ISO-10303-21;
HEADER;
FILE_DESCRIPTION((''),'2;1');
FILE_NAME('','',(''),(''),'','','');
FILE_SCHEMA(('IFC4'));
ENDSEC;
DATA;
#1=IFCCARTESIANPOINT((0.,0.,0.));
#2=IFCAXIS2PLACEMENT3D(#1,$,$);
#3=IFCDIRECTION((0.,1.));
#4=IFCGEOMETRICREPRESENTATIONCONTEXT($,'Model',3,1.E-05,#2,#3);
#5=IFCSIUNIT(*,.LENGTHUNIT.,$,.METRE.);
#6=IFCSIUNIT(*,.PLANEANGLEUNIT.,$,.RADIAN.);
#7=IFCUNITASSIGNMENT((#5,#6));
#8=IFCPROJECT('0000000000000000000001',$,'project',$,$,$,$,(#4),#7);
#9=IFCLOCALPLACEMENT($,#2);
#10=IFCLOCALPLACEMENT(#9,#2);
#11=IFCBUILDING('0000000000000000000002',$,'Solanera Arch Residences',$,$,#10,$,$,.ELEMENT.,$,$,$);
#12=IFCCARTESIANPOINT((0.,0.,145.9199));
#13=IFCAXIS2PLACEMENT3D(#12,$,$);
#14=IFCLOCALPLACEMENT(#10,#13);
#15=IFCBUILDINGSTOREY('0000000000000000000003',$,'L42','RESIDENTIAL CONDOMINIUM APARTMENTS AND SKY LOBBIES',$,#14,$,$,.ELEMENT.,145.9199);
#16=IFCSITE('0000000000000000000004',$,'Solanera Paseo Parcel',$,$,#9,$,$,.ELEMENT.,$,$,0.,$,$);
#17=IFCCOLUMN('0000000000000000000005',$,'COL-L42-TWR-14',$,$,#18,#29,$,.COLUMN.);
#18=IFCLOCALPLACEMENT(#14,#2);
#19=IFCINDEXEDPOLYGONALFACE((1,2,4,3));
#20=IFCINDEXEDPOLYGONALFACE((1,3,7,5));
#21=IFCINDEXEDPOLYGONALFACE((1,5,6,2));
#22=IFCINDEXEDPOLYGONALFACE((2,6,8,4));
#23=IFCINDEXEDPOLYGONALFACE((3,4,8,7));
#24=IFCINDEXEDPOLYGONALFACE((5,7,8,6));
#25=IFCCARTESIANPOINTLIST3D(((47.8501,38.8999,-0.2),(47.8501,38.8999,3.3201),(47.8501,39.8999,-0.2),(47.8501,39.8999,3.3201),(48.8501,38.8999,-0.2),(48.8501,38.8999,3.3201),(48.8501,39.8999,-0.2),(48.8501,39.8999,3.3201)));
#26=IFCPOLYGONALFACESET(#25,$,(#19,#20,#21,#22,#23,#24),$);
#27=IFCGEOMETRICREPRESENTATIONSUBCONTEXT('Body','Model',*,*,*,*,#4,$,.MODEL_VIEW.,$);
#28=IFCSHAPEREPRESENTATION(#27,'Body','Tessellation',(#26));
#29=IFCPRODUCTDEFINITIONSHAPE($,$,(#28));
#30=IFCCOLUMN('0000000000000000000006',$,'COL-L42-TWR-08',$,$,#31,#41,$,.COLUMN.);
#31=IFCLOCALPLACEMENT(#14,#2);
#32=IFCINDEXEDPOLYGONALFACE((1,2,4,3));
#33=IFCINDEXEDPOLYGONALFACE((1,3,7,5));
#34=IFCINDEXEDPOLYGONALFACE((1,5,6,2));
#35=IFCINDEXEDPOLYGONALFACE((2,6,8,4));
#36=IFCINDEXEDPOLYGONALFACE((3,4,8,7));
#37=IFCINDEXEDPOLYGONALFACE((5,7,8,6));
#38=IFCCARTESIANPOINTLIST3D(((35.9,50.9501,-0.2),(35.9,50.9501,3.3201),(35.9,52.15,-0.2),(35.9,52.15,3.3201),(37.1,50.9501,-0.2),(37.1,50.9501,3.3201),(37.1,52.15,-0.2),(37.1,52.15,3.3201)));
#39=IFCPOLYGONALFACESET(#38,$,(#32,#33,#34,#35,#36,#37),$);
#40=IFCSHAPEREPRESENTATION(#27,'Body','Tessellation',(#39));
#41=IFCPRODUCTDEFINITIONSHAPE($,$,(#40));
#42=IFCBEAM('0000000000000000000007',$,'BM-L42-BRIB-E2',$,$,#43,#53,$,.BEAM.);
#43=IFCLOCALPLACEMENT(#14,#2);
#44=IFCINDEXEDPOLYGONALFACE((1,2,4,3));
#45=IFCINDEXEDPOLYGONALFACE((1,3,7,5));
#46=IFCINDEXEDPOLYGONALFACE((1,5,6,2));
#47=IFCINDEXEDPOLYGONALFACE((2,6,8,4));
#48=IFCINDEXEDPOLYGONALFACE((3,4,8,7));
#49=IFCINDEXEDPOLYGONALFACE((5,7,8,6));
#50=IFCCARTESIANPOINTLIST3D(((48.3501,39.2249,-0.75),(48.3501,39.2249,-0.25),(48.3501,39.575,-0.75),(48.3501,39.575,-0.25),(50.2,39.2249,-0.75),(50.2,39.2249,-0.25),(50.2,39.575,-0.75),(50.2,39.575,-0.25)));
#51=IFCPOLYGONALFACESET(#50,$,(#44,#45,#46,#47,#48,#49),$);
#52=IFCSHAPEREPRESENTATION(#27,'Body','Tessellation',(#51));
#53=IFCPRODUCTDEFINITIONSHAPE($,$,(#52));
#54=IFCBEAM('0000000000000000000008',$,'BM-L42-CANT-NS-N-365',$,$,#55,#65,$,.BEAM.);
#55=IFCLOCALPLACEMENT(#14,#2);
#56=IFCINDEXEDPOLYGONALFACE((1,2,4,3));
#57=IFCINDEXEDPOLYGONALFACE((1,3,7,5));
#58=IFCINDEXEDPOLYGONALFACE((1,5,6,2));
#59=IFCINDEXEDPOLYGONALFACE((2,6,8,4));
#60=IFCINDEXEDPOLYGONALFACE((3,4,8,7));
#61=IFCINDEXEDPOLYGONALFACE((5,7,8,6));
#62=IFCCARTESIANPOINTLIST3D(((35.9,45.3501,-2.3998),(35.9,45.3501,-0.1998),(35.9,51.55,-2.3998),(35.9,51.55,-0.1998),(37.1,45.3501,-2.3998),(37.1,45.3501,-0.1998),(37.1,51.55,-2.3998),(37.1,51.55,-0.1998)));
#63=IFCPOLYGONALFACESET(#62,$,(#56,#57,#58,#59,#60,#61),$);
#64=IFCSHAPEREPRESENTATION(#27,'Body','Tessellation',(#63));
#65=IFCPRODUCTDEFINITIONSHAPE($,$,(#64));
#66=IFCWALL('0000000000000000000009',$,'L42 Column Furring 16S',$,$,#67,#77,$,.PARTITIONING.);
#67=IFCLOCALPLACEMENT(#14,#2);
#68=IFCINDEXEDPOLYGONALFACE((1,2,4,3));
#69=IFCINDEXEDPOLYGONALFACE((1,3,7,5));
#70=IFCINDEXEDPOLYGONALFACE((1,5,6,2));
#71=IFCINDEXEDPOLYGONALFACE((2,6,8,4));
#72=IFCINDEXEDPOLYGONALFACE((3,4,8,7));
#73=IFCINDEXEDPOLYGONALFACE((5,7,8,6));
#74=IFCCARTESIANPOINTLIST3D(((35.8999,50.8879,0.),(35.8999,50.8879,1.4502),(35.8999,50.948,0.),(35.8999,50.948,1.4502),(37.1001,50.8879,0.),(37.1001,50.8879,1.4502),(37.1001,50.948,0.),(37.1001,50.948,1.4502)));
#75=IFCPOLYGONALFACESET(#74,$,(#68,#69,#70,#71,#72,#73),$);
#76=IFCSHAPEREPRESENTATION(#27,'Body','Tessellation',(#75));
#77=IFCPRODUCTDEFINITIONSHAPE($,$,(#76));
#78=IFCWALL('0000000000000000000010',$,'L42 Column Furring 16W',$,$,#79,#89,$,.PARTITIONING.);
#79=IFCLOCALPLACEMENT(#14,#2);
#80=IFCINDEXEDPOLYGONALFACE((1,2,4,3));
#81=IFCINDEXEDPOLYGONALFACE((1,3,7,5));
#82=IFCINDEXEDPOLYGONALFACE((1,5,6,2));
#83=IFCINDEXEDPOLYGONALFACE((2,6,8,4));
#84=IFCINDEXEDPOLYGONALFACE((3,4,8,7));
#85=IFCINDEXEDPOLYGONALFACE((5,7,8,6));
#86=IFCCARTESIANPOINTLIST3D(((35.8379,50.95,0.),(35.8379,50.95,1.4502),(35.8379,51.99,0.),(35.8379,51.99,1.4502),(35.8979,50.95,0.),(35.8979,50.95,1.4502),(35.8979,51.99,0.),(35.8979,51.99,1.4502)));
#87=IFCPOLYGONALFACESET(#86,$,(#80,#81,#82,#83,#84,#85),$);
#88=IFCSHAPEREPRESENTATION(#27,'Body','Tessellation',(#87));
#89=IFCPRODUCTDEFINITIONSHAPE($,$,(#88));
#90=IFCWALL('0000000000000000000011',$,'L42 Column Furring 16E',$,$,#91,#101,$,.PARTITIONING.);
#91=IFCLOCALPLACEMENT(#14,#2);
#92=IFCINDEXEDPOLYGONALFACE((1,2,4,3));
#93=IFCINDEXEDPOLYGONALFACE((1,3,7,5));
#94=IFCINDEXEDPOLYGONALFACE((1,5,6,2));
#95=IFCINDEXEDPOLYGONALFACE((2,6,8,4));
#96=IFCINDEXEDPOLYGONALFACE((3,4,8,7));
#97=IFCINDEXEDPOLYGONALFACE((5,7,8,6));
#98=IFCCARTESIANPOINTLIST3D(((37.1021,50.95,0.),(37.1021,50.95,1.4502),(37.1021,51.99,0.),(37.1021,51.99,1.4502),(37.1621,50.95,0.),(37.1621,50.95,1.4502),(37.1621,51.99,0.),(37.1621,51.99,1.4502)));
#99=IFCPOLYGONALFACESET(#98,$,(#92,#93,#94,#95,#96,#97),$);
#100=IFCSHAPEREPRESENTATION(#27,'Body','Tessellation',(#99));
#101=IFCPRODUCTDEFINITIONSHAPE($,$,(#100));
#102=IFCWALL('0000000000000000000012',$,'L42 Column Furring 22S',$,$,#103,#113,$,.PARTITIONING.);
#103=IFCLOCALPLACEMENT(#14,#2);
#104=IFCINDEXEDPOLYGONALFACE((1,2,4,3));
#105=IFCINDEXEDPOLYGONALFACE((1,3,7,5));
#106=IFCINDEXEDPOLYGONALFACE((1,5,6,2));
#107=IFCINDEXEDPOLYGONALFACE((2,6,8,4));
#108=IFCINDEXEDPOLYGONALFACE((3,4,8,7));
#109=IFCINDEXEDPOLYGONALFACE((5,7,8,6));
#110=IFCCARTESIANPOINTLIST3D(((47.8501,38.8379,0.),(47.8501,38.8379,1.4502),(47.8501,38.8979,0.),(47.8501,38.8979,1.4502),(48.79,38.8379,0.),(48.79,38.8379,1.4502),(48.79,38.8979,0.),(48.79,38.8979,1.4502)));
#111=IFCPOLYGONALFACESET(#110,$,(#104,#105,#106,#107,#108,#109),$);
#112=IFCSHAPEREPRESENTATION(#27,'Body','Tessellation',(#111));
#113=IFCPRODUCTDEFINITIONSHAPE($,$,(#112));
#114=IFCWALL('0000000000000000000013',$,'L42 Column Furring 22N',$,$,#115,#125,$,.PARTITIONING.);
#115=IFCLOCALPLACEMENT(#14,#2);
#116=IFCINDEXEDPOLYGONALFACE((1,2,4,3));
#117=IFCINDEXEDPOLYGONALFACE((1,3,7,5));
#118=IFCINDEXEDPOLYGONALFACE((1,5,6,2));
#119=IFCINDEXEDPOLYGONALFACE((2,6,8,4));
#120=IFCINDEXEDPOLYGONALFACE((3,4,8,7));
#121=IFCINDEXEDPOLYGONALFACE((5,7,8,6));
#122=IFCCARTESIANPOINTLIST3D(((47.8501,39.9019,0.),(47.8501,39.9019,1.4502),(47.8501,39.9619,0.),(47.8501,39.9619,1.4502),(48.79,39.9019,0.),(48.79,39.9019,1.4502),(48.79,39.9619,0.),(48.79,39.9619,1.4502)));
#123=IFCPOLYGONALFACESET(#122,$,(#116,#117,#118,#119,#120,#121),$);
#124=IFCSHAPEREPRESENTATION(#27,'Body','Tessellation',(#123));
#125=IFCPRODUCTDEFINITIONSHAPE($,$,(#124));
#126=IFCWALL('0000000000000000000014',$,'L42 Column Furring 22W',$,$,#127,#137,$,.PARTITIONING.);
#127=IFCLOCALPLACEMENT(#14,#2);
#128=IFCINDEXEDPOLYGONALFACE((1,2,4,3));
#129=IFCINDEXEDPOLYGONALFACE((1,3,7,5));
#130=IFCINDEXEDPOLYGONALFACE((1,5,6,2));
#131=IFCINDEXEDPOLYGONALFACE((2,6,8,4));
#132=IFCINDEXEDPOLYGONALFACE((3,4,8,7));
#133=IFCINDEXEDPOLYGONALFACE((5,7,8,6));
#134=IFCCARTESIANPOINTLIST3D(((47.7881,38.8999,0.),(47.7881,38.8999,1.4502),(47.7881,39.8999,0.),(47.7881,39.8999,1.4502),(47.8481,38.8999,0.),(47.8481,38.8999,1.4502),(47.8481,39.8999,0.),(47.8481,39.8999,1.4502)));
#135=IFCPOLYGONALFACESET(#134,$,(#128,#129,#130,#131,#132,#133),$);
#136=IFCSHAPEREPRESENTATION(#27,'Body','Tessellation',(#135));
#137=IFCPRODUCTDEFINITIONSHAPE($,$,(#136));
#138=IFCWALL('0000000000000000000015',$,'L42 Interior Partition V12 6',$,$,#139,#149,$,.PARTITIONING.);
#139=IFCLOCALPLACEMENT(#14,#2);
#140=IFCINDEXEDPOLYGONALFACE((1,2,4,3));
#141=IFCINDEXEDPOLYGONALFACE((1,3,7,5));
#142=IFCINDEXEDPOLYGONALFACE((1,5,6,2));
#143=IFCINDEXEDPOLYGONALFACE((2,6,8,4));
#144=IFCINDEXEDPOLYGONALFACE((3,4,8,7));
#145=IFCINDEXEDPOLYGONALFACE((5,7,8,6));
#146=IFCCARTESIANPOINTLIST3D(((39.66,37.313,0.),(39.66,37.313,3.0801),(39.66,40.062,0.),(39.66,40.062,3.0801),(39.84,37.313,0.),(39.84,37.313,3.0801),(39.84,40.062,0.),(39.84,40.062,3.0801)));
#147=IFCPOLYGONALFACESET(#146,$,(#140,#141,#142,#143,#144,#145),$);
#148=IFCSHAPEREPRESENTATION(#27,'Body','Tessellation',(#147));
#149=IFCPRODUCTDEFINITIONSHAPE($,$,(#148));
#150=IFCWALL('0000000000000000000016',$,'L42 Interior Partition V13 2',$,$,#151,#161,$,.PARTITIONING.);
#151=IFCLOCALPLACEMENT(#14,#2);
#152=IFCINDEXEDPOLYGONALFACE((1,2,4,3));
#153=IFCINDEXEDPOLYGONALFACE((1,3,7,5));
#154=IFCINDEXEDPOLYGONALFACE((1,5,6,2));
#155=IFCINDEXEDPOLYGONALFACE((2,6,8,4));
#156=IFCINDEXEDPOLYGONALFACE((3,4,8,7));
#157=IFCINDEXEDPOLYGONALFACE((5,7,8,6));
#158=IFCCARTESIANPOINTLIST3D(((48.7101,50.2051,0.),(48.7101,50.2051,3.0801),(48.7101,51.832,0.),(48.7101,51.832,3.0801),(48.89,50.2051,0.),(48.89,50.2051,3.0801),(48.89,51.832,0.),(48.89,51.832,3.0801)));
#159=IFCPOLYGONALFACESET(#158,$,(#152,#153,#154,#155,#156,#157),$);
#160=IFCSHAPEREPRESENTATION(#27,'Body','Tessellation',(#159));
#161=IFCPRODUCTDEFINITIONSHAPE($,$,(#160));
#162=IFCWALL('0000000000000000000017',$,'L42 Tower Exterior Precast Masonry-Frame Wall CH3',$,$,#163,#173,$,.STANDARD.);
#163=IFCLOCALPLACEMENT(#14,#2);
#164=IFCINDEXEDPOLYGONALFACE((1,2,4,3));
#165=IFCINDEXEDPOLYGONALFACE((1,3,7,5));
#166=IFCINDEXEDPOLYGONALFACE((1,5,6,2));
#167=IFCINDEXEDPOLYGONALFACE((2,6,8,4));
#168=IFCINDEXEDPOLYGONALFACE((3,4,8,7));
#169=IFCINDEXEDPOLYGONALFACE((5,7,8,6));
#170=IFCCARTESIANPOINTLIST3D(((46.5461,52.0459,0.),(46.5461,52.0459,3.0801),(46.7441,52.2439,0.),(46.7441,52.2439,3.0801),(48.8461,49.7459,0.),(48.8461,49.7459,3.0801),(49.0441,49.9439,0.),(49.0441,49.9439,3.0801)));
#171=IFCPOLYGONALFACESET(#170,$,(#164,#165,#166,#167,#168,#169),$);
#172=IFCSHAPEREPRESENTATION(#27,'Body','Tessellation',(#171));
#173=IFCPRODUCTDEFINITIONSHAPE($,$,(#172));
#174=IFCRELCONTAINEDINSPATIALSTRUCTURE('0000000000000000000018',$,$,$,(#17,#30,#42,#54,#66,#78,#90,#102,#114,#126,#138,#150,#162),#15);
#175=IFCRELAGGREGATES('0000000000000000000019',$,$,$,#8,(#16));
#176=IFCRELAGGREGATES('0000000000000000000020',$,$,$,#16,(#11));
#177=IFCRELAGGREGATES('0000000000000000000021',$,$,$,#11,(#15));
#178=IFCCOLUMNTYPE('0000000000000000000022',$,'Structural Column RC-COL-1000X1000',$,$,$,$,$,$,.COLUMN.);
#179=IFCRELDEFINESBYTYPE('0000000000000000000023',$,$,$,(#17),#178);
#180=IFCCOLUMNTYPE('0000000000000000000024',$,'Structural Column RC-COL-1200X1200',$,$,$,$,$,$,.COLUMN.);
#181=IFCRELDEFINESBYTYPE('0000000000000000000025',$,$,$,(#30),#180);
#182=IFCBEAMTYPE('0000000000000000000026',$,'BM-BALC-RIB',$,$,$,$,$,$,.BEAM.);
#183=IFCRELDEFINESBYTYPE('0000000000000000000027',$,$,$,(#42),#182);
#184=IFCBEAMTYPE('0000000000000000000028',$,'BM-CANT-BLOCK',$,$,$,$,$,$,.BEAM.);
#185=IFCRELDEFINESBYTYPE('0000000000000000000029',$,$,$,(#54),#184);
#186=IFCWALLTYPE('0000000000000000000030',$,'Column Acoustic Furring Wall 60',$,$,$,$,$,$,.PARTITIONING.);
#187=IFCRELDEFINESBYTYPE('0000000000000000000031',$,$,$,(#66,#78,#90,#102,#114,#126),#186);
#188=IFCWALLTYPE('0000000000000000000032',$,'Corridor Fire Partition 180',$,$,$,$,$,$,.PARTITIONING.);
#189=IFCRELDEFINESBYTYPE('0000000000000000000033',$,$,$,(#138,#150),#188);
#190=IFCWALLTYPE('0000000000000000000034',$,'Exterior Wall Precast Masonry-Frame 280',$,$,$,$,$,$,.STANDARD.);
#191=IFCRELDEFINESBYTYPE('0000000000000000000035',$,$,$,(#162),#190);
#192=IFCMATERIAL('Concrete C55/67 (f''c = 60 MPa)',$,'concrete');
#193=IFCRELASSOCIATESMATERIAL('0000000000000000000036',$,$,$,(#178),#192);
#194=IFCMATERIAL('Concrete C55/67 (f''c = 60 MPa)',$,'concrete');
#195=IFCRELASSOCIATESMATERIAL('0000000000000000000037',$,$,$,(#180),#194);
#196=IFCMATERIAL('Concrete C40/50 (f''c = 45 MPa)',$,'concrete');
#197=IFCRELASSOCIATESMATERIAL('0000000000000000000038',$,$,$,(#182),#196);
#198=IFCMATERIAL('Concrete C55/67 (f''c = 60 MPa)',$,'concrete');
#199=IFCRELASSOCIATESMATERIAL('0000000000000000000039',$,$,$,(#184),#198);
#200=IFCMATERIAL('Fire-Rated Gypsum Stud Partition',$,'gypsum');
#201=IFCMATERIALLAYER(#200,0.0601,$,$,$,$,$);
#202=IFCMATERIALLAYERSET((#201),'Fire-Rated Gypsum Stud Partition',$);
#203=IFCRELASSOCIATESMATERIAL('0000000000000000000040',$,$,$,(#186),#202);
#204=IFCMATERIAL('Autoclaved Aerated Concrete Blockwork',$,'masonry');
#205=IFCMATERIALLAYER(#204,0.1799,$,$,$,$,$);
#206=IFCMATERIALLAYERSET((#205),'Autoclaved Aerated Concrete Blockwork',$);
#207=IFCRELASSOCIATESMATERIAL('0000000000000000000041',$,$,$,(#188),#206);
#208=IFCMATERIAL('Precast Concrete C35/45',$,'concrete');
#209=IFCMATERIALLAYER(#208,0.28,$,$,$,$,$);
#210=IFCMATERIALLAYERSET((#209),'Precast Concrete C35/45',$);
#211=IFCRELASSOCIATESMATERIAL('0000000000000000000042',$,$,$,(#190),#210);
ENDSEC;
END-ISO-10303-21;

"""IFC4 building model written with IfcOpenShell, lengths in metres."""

from ifc_helpers import new_model, si_unit, direction, frame, frame_2d, origin, origin_2d, place, context, subcontext, project, spatial, rectangle, extrude, material, layer, layer_set, material_profile, profile_set, type_object, element, save


model = new_model("IFC4")

# Units and contexts
model_context = context("Model", 3, precision=1e-05, world=origin(), true_north=direction((0.0, 1.0)))
body_context = subcontext(model_context, "Body", "Model", "MODEL_VIEW")
ifc_project = project(units=[si_unit("LENGTHUNIT", "METRE"), si_unit("PLANEANGLEUNIT", "RADIAN")], contexts=[model_context])

# Site, building, storey
site_placement = place(None, origin())
site = spatial("IfcSite", under=ifc_project, at=site_placement, Name="Solanera Paseo Parcel", CompositionType="ELEMENT", RefElevation=0.0)
building_placement = place(site_placement, origin())
building = spatial("IfcBuilding", under=site, at=building_placement, Name="Solanera Arch Residences", CompositionType="ELEMENT")
storey_placement = place(building_placement, frame((0.0, 0.0, 145.9199)))
storey = spatial("IfcBuildingStorey", under=building, at=storey_placement, Name="L42", Description="RESIDENTIAL CONDOMINIUM APARTMENTS AND SKY LOBBIES", CompositionType="ELEMENT", Elevation=145.9199)

# Columns
ifc_material_1 = material(Name="Concrete C55/67 (f'c = 60 MPa)", Category="concrete")
ifc_material_profile_1 = material_profile(ifc_material_1, rectangle(XDim=1.0, YDim=1.0, at=origin_2d()))
ifc_profile_set_1 = profile_set([ifc_material_profile_1], Name="Concrete C55/67 (f'c = 60 MPa)")
column_type_1 = type_object("IfcColumnType", Name="Structural Column RC-COL-1000X1000", PredefinedType="COLUMN", material=ifc_profile_set_1)
column_1_placement = place(storey_placement, frame((48.3501, 39.3999, -0.2), z_axis=(0.0, 0.0, 1.0), x_axis=(1.0, 0.0, 0.0)))
element("IfcColumn", 1, at=column_1_placement, inside=storey, type_object=column_type_1, Name="COL-L42-TWR-14", PredefinedType="COLUMN", context=body_context, shape_type="SweptSolid", body=[
    extrude(rectangle(XDim=1.0, YDim=1.0, at=origin_2d()), origin(), (0.0, 0.0, 1.0), 3.52),
])
ifc_material_2 = material(Name="Concrete C55/67 (f'c = 60 MPa)", Category="concrete")
ifc_material_profile_2 = material_profile(ifc_material_2, rectangle(XDim=1.2, YDim=1.2, at=origin_2d()))
ifc_profile_set_2 = profile_set([ifc_material_profile_2], Name="Concrete C55/67 (f'c = 60 MPa)")
column_type_2 = type_object("IfcColumnType", Name="Structural Column RC-COL-1200X1200", PredefinedType="COLUMN", material=ifc_profile_set_2)
column_2_placement = place(storey_placement, frame((36.5, 51.55, -0.2), z_axis=(0.0, 0.0, 1.0), x_axis=(1.0, 0.0, 0.0)))
element("IfcColumn", 2, at=column_2_placement, inside=storey, type_object=column_type_2, Name="COL-L42-TWR-08", PredefinedType="COLUMN", context=body_context, shape_type="SweptSolid", body=[
    extrude(rectangle(XDim=1.2, YDim=1.2, at=origin_2d()), origin(), (0.0, 0.0, 1.0), 3.52),
])

# Beams
ifc_material_3 = material(Name="Concrete C40/50 (f'c = 45 MPa)", Category="concrete")
ifc_material_profile_3 = material_profile(ifc_material_3, rectangle(XDim=0.3501, YDim=0.5, at=origin_2d()))
ifc_profile_set_3 = profile_set([ifc_material_profile_3], Name="Concrete C40/50 (f'c = 45 MPa)")
beam_type_1 = type_object("IfcBeamType", Name="BM-BALC-RIB", PredefinedType="BEAM", material=ifc_profile_set_3)
beam_1_placement = place(storey_placement, frame((48.3501, 39.3999, -0.5), z_axis=(1.0, 0.0, 0.0), x_axis=(0.0, 1.0, 0.0)))
element("IfcBeam", 3, at=beam_1_placement, inside=storey, type_object=beam_type_1, Name="BM-L42-BRIB-E2", PredefinedType="BEAM", context=body_context, shape_type="SweptSolid", body=[
    extrude(rectangle(XDim=0.3501, YDim=0.5, at=origin_2d()), origin(), (0.0, 0.0, 1.0), 1.8499),
])
ifc_material_4 = material(Name="Concrete C55/67 (f'c = 60 MPa)", Category="concrete")
ifc_material_profile_4 = material_profile(ifc_material_4, rectangle(XDim=1.2, YDim=2.2, at=origin_2d()))
ifc_profile_set_4 = profile_set([ifc_material_profile_4], Name="Concrete C55/67 (f'c = 60 MPa)")
beam_type_2 = type_object("IfcBeamType", Name="BM-CANT-BLOCK", PredefinedType="BEAM", material=ifc_profile_set_4)
beam_2_placement = place(storey_placement, frame((36.5, 45.3501, -1.2998), z_axis=(0.0, 1.0, 0.0), x_axis=(-1.0, 0.0, 0.0)))
element("IfcBeam", 4, at=beam_2_placement, inside=storey, type_object=beam_type_2, Name="BM-L42-CANT-NS-N-365", PredefinedType="BEAM", context=body_context, shape_type="SweptSolid", body=[
    extrude(rectangle(XDim=1.2, YDim=2.2, at=origin_2d()), origin(), (0.0, 0.0, 1.0), 6.2),
])

# Walls
ifc_material_5 = material(Name="Fire-Rated Gypsum Stud Partition", Category="gypsum")
ifc_layer_1 = layer(ifc_material_5, 0.0601)
ifc_layer_set_1 = layer_set([ifc_layer_1], Name="Fire-Rated Gypsum Stud Partition")
wall_type_1 = type_object("IfcWallType", Name="Column Acoustic Furring Wall 60", PredefinedType="PARTITIONING", material=ifc_layer_set_1)
wall_1_placement = place(storey_placement, frame((35.8999, 50.918, 0.0), z_axis=(0.0, 0.0, 1.0), x_axis=(1.0, 0.0, 0.0)))
element("IfcWall", 5, at=wall_1_placement, inside=storey, type_object=wall_type_1, Name="L42 Column Furring 16S", PredefinedType="PARTITIONING", context=body_context, shape_type="SweptSolid", body=[
    extrude(rectangle(XDim=1.2002, YDim=0.0601, at=frame_2d((0.6001, 0.0))), origin(), (0.0, 0.0, 1.0), 1.4502),
])
for number, where, z_axis, x_axis, name in (
    (6, (35.8679, 50.95, 0.0), (0.0, 0.0, 1.0), (0.0, 1.0, 0.0), "L42 Column Furring 16W"),
    (7, (37.1321, 50.95, 0.0), (0.0, 0.0, 1.0), (0.0, 1.0, 0.0), "L42 Column Furring 16E"),
):
    element("IfcWall", number, at=place(storey_placement, frame(where, z_axis=z_axis, x_axis=x_axis)), inside=storey, type_object=wall_type_1, Name=name, PredefinedType="PARTITIONING", context=body_context, shape_type="SweptSolid", body=[
        extrude(rectangle(XDim=1.04, YDim=0.0601, at=frame_2d((0.52, 0.0))), origin(), (0.0, 0.0, 1.0), 1.4502),
    ])
for number, where, z_axis, x_axis, name in (
    (8, (47.8501, 38.8679, 0.0), (0.0, 0.0, 1.0), (1.0, 0.0, 0.0), "L42 Column Furring 22S"),
    (9, (47.8501, 39.9319, 0.0), (0.0, 0.0, 1.0), (1.0, 0.0, 0.0), "L42 Column Furring 22N"),
):
    element("IfcWall", number, at=place(storey_placement, frame(where, z_axis=z_axis, x_axis=x_axis)), inside=storey, type_object=wall_type_1, Name=name, PredefinedType="PARTITIONING", context=body_context, shape_type="SweptSolid", body=[
        extrude(rectangle(XDim=0.9399, YDim=0.0601, at=frame_2d((0.47, 0.0))), origin(), (0.0, 0.0, 1.0), 1.4502),
    ])
wall_2_placement = place(storey_placement, frame((47.8181, 38.8999, 0.0), z_axis=(0.0, 0.0, 1.0), x_axis=(0.0, 1.0, 0.0)))
element("IfcWall", 10, at=wall_2_placement, inside=storey, type_object=wall_type_1, Name="L42 Column Furring 22W", PredefinedType="PARTITIONING", context=body_context, shape_type="SweptSolid", body=[
    extrude(rectangle(XDim=1.0, YDim=0.0601, at=frame_2d((0.5, 0.0))), origin(), (0.0, 0.0, 1.0), 1.4502),
])
ifc_material_6 = material(Name="Autoclaved Aerated Concrete Blockwork", Category="masonry")
ifc_layer_2 = layer(ifc_material_6, 0.1799)
ifc_layer_set_2 = layer_set([ifc_layer_2], Name="Autoclaved Aerated Concrete Blockwork")
wall_type_2 = type_object("IfcWallType", Name="Corridor Fire Partition 180", PredefinedType="PARTITIONING", material=ifc_layer_set_2)
wall_3_placement = place(storey_placement, frame((39.75, 37.313, 0.0), z_axis=(0.0, 0.0, 1.0), x_axis=(0.0, 1.0, 0.0)))
element("IfcWall", 11, at=wall_3_placement, inside=storey, type_object=wall_type_2, Name="L42 Interior Partition V12 6", PredefinedType="PARTITIONING", context=body_context, shape_type="SweptSolid", body=[
    extrude(rectangle(XDim=2.749, YDim=0.1799, at=frame_2d((1.3745, 0.0))), origin(), (0.0, 0.0, 1.0), 3.0801),
])
wall_4_placement = place(storey_placement, frame((48.8, 50.2051, 0.0), z_axis=(0.0, 0.0, 1.0), x_axis=(0.0, 1.0, 0.0)))
element("IfcWall", 12, at=wall_4_placement, inside=storey, type_object=wall_type_2, Name="L42 Interior Partition V13 2", PredefinedType="PARTITIONING", context=body_context, shape_type="SweptSolid", body=[
    extrude(rectangle(XDim=1.627, YDim=0.1799, at=frame_2d((0.8135, 0.0))), origin(), (0.0, 0.0, 1.0), 3.0801),
])
ifc_material_7 = material(Name="Precast Concrete C35/45", Category="concrete")
ifc_layer_3 = layer(ifc_material_7, 0.28)
ifc_layer_set_3 = layer_set([ifc_layer_3], Name="Precast Concrete C35/45")
wall_type_3 = type_object("IfcWallType", Name="Exterior Wall Precast Masonry-Frame 280", PredefinedType="STANDARD", material=ifc_layer_set_3)
wall_5_placement = place(storey_placement, frame((46.645, 52.145, 0.0), z_axis=(0.0, 0.0, 1.0), x_axis=(0.707107, -0.707107, 0.0)))
element("IfcWall", 13, at=wall_5_placement, inside=storey, type_object=wall_type_3, Name="L42 Tower Exterior Precast Masonry-Frame Wall CH3", PredefinedType="STANDARD", context=body_context, shape_type="SweptSolid", body=[
    extrude(rectangle(XDim=3.2527, YDim=0.28, at=frame_2d((1.6265, 0.0))), origin(), (0.0, 0.0, 1.0), 3.0801),
])

save(model, "model.ifc")
